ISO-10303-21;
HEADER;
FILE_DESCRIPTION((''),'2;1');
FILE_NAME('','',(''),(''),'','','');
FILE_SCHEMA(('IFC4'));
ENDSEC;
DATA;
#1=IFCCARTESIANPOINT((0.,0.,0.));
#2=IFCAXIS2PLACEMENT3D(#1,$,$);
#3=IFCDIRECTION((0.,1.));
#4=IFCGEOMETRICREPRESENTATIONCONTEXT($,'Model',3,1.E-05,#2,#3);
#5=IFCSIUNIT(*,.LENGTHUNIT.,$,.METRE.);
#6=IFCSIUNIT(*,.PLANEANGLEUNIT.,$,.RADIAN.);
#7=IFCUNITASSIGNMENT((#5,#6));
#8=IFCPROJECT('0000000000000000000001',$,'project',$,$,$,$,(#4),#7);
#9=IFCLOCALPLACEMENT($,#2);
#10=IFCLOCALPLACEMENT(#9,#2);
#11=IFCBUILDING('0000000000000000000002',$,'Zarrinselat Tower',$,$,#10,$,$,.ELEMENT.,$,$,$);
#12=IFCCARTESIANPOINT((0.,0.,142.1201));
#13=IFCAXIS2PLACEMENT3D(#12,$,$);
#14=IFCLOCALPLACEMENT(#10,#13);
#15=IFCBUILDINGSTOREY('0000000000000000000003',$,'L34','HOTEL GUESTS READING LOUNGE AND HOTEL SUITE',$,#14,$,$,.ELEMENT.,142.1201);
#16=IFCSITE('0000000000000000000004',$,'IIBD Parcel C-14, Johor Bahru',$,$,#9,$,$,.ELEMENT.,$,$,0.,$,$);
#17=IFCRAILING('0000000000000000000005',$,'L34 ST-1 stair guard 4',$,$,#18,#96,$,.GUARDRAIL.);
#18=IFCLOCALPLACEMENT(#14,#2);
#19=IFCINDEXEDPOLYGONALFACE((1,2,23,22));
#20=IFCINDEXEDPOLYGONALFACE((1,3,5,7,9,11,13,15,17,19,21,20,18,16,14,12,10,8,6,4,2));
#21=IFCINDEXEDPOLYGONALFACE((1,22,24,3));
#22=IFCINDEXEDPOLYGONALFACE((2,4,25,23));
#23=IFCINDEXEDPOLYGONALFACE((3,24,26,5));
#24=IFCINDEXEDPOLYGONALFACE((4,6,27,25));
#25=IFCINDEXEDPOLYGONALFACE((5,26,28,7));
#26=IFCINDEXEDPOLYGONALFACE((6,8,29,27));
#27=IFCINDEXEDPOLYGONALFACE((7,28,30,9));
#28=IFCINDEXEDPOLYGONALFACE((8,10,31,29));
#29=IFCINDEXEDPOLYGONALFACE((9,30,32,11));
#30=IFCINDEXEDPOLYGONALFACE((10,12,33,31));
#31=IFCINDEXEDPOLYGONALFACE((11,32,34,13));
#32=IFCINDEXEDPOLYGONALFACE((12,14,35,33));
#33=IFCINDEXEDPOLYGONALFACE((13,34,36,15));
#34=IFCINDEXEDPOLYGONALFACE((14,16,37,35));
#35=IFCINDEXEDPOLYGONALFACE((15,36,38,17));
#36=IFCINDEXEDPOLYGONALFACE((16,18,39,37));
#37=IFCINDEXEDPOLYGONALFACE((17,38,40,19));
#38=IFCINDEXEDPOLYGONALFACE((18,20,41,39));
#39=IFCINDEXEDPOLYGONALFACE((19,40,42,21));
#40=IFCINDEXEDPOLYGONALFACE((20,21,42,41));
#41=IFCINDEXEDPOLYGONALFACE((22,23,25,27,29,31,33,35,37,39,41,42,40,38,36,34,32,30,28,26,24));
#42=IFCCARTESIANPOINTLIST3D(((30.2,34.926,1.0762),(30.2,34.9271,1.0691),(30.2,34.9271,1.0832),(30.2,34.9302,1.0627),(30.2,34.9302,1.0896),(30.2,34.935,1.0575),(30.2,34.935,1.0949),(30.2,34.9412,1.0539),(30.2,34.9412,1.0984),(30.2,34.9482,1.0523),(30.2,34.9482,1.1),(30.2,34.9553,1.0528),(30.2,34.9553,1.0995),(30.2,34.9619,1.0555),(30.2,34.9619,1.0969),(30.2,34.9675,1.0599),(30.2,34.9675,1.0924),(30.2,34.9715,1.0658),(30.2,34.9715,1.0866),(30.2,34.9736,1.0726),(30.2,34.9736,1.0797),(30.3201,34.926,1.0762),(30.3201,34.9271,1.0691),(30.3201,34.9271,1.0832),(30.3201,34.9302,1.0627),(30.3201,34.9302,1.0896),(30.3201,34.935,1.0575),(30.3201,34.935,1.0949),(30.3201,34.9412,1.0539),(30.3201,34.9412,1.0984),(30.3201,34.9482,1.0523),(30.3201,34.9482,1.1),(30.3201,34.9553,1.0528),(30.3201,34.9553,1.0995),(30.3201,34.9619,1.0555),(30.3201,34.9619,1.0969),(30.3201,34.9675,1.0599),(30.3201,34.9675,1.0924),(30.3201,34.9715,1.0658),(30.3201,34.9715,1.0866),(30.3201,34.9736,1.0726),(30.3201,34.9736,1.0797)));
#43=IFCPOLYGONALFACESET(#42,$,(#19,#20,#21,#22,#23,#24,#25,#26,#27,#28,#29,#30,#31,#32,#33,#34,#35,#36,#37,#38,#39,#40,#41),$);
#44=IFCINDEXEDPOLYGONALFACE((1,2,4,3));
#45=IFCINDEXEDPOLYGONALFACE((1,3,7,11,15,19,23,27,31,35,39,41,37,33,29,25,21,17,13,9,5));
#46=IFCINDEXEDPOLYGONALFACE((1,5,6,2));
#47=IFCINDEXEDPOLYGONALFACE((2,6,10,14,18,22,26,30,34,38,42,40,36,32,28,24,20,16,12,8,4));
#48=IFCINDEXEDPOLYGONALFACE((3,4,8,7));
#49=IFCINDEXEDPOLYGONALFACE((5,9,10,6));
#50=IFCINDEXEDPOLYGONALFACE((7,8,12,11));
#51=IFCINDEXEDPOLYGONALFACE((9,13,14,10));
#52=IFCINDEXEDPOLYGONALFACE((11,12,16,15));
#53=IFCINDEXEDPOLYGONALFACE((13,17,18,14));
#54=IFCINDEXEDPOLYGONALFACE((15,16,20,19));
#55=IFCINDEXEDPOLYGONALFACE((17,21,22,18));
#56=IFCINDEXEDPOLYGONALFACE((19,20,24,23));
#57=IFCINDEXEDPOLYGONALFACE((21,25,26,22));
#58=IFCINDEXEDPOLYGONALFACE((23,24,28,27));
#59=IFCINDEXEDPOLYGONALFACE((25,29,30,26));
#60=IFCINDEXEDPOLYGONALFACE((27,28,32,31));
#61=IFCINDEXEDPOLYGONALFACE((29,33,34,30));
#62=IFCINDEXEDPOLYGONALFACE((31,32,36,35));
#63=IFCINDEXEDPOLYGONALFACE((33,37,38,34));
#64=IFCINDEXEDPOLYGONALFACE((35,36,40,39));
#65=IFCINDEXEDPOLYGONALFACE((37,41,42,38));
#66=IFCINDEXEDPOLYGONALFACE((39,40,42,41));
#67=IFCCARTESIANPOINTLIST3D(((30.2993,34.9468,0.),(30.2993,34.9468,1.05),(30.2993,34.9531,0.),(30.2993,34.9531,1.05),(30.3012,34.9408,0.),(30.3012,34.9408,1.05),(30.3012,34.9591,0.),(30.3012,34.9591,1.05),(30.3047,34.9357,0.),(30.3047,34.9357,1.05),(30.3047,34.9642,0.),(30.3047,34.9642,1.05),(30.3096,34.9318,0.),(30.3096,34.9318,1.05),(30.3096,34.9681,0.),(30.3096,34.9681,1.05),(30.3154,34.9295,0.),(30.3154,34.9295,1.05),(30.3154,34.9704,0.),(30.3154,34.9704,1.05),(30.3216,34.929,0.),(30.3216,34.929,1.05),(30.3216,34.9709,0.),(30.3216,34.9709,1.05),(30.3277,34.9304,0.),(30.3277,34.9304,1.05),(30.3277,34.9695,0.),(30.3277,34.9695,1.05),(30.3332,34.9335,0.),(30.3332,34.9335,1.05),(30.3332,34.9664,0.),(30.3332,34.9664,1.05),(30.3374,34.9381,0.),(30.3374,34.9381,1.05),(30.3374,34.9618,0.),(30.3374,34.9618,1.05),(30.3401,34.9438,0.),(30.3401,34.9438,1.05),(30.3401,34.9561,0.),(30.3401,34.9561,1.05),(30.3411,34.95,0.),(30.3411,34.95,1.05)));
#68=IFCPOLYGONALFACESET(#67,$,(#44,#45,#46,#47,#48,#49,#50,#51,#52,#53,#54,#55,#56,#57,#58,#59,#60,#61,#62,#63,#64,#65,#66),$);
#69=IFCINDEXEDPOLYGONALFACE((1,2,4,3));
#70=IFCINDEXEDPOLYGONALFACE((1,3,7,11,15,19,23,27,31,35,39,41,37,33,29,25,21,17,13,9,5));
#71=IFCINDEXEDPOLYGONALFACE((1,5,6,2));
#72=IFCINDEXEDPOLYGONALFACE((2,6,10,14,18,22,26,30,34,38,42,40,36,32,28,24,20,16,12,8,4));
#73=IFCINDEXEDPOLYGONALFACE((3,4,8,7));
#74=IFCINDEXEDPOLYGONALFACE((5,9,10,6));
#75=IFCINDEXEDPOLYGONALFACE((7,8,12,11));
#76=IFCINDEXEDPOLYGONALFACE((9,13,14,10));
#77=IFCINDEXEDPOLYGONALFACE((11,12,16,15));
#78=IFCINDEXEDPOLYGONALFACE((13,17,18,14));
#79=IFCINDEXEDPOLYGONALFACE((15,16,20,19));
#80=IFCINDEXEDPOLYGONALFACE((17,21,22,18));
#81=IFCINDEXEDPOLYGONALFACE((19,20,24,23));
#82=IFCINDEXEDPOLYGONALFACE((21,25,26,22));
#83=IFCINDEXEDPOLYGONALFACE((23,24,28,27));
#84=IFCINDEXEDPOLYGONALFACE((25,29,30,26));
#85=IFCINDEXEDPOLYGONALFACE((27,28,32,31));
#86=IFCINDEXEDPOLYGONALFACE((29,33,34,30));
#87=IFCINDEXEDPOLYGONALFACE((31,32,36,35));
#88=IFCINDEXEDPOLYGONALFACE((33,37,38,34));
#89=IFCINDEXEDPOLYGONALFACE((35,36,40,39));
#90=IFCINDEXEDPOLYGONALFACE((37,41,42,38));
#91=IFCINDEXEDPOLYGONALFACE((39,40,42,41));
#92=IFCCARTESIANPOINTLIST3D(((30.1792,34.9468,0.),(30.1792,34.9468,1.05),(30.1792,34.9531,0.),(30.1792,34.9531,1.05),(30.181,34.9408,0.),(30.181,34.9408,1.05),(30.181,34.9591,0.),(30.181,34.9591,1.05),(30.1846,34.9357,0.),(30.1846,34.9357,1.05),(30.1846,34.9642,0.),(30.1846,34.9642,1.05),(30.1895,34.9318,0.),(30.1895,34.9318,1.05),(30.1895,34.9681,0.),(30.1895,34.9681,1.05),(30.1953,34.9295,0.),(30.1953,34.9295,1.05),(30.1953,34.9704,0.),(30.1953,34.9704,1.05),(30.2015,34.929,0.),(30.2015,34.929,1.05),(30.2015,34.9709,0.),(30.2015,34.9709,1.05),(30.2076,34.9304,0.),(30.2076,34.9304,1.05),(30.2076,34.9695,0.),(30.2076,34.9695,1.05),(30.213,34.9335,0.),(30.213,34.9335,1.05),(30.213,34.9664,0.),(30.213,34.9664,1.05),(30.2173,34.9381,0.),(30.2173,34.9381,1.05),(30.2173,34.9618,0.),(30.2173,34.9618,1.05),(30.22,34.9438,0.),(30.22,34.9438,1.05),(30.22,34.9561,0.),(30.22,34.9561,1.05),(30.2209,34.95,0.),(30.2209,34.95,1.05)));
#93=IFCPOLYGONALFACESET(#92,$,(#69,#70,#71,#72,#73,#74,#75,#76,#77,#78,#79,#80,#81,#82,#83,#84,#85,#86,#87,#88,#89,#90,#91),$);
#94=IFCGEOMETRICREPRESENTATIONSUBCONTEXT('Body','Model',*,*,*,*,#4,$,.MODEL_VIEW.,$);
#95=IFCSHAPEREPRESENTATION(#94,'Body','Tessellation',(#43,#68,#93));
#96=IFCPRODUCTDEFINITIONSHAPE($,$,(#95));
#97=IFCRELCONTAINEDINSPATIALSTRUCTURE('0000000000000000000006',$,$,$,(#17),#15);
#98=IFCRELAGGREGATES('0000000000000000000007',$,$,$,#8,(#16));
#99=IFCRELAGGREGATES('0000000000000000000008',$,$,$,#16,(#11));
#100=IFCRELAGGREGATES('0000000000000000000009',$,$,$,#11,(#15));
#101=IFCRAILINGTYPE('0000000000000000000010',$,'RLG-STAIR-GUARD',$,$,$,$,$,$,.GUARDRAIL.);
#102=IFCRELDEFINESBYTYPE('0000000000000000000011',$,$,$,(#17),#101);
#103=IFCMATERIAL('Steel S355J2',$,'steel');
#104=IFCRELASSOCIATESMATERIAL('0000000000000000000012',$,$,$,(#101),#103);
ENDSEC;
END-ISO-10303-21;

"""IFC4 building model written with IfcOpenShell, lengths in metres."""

from ifc_helpers import new_model, si_unit, direction, frame, origin, origin_2d, place, context, subcontext, project, spatial, circle, extrude, material, type_object, element, save


model = new_model("IFC4")

# Units and contexts
model_context = context("Model", 3, precision=1e-05, world=origin(), true_north=direction((0.0, 1.0)))
body_context = subcontext(model_context, "Body", "Model", "MODEL_VIEW")
ifc_project = project(units=[si_unit("LENGTHUNIT", "METRE"), si_unit("PLANEANGLEUNIT", "RADIAN")], contexts=[model_context])

# Site, building, storey
site_placement = place(None, origin())
site = spatial("IfcSite", under=ifc_project, at=site_placement, Name="IIBD Parcel C-14, Johor Bahru", CompositionType="ELEMENT", RefElevation=0.0)
building_placement = place(site_placement, origin())
building = spatial("IfcBuilding", under=site, at=building_placement, Name="Zarrinselat Tower", CompositionType="ELEMENT")
storey_placement = place(building_placement, frame((0.0, 0.0, 142.1201)))
storey = spatial("IfcBuildingStorey", under=building, at=storey_placement, Name="L34", Description="HOTEL GUESTS READING LOUNGE AND HOTEL SUITE", CompositionType="ELEMENT", Elevation=142.1201)

# Railing
ifc_material_1 = material(Name="Steel S355J2", Category="steel")
railing_type_1 = type_object("IfcRailingType", Name="RLG-STAIR-GUARD", PredefinedType="GUARDRAIL", material=ifc_material_1)
railing_1_placement = place(storey_placement, frame((30.3201, 34.95, 0.0)))
element("IfcRailing", 1, at=railing_1_placement, inside=storey, type_object=railing_type_1, Name="L34 ST-1 stair guard 4", PredefinedType="GUARDRAIL", context=body_context, shape_type="SweptSolid", body=[
    extrude(circle(Radius=0.0239, at=origin_2d()), frame((0.0, 0.0, 1.0762), z_axis=(-1.0, 0.0, 0.0), x_axis=(0.0, -1.0, 0.0)), (0.0, 0.0, 1.0), 0.1201),
    extrude(circle(Radius=0.021, at=origin_2d()), origin(), (0.0, 0.0, 1.0), 1.05),
    extrude(circle(Radius=0.021, at=origin_2d()), frame((-0.1201, 0.0, 0.0)), (0.0, 0.0, 1.0), 1.05),
])

save(model, "model.ifc")
